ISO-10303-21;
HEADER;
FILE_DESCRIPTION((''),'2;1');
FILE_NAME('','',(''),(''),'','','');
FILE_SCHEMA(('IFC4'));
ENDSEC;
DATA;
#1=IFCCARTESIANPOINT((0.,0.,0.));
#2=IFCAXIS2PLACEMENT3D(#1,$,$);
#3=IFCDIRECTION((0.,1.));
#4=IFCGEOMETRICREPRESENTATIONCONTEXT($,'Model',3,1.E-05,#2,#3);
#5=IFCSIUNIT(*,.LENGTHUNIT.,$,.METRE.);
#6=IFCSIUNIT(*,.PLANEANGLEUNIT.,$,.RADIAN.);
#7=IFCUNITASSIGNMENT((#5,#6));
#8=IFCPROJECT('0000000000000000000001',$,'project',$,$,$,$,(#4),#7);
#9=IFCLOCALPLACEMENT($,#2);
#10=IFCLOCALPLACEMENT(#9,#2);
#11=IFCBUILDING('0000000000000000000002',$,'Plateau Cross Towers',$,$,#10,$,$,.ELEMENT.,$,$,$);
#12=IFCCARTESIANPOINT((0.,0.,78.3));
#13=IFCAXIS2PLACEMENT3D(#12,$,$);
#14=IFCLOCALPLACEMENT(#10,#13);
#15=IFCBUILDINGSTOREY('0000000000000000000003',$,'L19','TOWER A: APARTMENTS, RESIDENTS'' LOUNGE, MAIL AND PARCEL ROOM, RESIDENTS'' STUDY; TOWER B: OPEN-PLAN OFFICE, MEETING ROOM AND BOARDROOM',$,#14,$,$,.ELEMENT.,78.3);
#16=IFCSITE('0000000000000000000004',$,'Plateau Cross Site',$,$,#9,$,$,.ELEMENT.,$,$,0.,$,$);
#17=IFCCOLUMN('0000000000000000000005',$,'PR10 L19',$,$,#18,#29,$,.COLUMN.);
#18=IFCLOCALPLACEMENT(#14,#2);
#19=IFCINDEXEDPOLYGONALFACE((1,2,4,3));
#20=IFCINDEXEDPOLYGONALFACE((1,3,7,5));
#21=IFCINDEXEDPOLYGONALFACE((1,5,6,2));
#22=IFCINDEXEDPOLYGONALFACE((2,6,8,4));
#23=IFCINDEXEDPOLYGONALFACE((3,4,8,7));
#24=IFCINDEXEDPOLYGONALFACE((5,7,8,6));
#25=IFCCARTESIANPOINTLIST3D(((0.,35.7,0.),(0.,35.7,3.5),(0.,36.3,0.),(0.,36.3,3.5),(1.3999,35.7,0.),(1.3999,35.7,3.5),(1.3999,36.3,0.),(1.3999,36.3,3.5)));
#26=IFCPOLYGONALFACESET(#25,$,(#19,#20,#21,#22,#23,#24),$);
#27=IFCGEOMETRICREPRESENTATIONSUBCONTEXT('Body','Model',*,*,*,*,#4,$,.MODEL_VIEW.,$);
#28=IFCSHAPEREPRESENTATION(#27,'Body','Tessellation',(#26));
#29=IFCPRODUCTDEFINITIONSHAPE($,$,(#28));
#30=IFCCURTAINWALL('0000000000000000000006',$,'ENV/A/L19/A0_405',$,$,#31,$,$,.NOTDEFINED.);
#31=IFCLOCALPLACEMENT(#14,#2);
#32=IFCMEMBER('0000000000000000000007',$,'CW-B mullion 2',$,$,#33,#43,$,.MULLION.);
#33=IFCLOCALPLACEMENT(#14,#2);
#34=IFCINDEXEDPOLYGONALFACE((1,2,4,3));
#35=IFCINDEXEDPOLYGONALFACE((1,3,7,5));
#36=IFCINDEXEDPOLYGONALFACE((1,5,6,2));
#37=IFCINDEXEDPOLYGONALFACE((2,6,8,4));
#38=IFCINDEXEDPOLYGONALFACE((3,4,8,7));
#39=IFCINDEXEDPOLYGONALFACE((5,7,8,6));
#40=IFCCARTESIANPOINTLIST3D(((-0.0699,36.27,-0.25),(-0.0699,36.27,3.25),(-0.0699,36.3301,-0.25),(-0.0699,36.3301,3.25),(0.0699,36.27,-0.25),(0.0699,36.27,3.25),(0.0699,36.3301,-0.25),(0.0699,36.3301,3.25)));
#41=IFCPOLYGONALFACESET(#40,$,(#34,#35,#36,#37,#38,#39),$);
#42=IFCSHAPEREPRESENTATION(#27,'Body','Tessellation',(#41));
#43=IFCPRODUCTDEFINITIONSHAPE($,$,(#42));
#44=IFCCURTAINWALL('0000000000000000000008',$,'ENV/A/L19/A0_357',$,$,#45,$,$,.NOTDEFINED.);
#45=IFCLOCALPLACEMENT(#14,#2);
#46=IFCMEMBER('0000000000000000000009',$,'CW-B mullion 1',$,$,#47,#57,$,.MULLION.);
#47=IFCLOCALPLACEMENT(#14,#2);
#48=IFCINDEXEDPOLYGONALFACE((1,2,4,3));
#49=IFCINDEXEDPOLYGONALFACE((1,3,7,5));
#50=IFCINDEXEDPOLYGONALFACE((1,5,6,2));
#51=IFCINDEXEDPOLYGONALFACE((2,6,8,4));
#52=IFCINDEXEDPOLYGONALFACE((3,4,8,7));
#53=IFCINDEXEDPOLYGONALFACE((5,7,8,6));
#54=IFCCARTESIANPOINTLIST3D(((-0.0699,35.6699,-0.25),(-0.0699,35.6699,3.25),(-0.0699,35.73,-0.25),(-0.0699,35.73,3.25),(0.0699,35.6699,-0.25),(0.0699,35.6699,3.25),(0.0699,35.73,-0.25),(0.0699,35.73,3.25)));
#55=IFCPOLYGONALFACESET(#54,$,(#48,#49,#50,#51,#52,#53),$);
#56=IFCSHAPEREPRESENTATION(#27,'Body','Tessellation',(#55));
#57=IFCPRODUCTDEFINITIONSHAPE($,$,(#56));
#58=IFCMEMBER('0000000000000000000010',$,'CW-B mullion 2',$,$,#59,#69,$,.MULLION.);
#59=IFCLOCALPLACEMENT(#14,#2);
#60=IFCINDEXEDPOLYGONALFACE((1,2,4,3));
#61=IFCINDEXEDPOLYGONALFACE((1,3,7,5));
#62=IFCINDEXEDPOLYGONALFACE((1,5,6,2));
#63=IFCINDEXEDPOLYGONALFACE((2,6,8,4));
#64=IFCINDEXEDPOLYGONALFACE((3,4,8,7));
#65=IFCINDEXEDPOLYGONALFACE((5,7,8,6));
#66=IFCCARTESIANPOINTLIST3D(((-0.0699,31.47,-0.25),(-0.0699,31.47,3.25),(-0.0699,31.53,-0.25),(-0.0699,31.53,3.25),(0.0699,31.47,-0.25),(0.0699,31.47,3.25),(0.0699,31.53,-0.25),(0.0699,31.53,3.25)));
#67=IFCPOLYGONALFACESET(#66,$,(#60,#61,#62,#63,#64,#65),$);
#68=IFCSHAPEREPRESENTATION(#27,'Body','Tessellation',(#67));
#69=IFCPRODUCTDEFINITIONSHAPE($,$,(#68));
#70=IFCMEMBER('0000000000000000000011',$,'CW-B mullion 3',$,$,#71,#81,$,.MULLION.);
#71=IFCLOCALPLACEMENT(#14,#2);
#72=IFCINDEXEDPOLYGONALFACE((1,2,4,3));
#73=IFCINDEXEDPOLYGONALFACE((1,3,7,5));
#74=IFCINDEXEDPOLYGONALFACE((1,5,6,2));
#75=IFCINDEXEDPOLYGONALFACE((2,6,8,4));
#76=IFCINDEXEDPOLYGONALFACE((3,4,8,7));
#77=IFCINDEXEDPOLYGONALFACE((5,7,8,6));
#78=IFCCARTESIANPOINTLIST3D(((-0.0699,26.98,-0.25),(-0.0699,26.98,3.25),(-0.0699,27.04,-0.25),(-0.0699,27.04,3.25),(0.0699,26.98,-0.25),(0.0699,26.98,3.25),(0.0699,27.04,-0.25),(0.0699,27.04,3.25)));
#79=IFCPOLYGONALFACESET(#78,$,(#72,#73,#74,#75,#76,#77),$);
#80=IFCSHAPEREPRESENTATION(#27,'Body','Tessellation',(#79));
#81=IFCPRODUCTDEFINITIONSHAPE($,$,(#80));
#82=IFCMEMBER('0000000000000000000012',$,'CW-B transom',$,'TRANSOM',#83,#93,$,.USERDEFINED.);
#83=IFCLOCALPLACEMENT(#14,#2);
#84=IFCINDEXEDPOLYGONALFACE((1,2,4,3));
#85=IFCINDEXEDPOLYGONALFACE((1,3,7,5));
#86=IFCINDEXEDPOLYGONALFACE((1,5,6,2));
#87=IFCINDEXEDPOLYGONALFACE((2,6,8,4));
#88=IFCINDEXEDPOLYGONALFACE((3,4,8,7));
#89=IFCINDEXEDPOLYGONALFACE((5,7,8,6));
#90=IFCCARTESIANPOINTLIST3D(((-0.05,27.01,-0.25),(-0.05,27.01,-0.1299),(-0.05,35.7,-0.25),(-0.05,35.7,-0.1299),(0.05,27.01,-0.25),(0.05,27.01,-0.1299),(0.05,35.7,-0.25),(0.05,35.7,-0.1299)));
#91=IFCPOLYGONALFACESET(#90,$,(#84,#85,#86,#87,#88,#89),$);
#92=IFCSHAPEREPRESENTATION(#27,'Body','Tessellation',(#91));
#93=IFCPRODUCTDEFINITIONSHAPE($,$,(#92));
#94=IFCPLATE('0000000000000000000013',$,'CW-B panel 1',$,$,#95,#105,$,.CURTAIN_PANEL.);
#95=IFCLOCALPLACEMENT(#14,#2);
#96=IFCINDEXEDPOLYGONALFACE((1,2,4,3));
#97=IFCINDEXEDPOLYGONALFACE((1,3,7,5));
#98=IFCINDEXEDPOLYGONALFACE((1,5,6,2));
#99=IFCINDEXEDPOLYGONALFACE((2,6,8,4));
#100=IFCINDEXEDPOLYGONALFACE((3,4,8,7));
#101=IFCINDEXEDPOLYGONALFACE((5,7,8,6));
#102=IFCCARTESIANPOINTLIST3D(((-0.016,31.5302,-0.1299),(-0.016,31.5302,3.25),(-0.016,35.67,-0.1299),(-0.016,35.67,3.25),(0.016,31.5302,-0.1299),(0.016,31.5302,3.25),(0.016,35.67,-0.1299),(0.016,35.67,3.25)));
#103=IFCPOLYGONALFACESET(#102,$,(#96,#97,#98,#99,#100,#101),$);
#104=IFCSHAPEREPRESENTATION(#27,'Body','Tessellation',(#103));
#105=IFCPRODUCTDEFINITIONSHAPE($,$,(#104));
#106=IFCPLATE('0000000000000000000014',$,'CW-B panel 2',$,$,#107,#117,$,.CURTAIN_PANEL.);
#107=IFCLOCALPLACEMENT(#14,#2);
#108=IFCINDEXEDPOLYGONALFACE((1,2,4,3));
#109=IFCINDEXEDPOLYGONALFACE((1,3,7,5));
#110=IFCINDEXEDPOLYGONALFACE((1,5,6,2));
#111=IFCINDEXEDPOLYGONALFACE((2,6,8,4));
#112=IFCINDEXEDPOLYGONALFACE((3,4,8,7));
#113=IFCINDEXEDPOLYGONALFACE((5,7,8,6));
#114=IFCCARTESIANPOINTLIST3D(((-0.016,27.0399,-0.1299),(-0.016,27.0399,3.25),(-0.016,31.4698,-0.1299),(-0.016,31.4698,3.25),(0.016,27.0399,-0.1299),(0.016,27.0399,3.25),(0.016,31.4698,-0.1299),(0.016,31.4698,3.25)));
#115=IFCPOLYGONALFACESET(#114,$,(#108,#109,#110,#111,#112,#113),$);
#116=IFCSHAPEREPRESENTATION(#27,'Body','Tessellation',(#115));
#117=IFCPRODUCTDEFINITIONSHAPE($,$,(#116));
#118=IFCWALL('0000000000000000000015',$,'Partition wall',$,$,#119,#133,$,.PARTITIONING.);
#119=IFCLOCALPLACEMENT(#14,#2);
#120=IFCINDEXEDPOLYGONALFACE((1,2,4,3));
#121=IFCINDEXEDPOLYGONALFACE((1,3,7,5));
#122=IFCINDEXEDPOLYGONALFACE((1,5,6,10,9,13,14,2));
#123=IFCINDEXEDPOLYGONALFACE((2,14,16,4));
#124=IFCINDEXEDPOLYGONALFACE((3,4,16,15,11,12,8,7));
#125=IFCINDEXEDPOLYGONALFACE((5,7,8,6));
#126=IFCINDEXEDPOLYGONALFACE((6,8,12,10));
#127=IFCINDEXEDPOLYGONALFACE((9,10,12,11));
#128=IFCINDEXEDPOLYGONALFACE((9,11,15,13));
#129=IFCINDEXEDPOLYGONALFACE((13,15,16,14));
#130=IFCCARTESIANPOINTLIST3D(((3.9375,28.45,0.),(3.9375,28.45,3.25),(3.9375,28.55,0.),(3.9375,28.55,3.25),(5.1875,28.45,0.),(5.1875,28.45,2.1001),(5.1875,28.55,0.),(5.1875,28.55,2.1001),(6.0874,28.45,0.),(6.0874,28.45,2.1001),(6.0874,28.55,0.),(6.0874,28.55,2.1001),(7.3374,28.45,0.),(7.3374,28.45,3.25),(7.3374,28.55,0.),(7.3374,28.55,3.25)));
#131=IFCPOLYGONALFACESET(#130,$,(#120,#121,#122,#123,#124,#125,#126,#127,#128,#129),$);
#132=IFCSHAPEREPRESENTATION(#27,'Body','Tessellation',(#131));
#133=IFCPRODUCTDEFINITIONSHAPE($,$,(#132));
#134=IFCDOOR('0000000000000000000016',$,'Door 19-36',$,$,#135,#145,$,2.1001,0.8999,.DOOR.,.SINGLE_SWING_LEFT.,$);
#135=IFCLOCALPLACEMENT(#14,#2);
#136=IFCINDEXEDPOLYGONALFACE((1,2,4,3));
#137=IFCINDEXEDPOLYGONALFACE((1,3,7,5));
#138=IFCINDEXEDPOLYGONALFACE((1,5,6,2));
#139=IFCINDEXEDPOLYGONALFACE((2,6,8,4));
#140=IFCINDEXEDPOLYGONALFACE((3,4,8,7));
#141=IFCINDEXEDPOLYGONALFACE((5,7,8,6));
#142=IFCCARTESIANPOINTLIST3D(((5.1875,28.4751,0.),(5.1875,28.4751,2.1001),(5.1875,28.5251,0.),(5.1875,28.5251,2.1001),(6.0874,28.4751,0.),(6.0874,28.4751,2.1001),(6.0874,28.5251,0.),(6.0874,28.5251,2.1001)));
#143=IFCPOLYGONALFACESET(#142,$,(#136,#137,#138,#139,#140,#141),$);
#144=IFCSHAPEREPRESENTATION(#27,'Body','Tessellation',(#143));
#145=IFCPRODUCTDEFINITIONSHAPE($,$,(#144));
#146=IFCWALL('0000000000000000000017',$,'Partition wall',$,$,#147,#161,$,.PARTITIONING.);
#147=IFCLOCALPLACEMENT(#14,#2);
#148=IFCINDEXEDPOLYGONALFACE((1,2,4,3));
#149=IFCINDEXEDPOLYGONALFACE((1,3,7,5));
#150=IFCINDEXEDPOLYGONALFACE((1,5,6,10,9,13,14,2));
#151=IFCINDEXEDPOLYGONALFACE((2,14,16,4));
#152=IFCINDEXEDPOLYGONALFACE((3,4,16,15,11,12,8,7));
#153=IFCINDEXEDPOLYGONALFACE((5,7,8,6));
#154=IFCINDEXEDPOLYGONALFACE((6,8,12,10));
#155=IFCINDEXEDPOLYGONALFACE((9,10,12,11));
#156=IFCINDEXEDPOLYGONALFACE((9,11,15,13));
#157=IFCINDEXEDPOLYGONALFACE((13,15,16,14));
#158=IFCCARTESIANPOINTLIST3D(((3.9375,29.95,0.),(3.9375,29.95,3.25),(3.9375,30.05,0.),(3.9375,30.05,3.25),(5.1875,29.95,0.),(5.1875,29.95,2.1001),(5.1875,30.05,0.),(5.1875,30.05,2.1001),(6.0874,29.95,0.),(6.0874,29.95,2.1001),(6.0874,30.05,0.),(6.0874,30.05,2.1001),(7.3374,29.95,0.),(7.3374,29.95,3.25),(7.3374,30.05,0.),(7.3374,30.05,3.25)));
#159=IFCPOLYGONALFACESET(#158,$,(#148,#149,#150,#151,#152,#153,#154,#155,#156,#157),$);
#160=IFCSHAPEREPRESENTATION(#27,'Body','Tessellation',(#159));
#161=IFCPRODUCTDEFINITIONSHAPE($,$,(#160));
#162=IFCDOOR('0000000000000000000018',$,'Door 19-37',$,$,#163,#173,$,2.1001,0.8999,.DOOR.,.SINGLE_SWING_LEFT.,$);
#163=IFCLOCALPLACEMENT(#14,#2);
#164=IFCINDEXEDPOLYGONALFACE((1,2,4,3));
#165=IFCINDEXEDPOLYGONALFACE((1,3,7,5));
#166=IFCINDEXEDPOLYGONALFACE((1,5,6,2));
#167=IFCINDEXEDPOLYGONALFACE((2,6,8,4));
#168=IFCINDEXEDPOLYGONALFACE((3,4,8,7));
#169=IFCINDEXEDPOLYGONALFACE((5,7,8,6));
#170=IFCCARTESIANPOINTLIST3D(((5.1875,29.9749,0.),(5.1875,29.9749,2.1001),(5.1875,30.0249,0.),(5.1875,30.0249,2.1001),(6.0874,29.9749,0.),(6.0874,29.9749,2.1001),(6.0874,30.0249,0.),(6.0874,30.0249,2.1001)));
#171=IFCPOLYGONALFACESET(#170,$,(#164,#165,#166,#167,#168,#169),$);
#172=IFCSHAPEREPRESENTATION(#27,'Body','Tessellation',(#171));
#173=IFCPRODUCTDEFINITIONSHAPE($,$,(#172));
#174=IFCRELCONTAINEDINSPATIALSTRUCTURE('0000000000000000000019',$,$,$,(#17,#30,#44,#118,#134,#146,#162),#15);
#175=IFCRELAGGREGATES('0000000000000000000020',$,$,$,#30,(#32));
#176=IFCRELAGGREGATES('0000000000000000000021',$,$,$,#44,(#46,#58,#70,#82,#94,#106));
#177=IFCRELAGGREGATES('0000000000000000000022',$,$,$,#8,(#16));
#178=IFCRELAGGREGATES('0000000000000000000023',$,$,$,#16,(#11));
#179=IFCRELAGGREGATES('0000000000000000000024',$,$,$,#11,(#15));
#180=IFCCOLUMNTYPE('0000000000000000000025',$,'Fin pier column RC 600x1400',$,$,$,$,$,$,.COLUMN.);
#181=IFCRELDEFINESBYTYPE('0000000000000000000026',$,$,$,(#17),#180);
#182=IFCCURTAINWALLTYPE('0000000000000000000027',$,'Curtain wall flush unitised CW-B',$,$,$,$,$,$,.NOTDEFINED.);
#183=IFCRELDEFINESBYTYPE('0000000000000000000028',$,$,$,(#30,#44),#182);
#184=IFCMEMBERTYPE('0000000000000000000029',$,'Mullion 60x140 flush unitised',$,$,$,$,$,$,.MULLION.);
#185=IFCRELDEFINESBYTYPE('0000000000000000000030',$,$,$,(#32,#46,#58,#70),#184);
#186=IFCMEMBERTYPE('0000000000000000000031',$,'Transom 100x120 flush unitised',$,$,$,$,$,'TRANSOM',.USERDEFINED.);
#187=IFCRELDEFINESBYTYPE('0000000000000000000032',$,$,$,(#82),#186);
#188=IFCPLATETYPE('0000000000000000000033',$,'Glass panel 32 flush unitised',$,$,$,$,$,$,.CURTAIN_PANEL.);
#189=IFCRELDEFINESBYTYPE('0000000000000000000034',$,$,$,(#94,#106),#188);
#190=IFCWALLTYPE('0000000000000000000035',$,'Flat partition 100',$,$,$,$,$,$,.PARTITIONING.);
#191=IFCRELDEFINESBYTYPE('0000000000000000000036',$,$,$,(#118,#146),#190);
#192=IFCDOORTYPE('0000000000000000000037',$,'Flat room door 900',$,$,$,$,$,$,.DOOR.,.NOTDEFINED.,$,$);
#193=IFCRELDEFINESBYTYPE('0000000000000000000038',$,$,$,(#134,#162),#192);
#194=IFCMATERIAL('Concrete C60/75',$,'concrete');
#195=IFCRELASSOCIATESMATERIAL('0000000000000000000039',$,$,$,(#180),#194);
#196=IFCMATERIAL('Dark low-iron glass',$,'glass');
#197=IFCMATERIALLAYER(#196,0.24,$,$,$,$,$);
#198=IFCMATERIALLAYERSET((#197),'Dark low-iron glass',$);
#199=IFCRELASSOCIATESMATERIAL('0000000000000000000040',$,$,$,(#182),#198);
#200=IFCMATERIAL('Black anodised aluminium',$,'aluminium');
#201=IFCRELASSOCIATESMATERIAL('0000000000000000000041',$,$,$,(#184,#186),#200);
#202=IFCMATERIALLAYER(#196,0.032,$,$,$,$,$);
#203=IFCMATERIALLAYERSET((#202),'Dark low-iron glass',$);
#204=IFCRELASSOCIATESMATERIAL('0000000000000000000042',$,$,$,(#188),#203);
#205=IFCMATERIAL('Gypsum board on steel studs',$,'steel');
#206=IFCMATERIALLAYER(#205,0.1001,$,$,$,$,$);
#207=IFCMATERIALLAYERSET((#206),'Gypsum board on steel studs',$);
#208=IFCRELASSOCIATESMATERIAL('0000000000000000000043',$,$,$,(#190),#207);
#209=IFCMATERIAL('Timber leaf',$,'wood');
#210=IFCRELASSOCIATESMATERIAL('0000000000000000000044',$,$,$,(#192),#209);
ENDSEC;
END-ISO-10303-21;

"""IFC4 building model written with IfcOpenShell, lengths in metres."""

from ifc_helpers import new_model, si_unit, direction, frame, frame_2d, origin, origin_2d, place, context, subcontext, project, spatial, rectangle, extrude, material, layer, layer_set, material_profile, profile_set, type_object, element, fill, aggregate, save


model = new_model("IFC4")

# Units and contexts
model_context = context("Model", 3, precision=1e-05, world=origin(), true_north=direction((0.0, 1.0)))
body_context = subcontext(model_context, "Body", "Model", "MODEL_VIEW")
ifc_project = project(units=[si_unit("LENGTHUNIT", "METRE"), si_unit("PLANEANGLEUNIT", "RADIAN")], contexts=[model_context])

# Site, building, storey
site_placement = place(None, origin())
site = spatial("IfcSite", under=ifc_project, at=site_placement, Name="Plateau Cross Site", CompositionType="ELEMENT", RefElevation=0.0)
building_placement = place(site_placement, origin())
building = spatial("IfcBuilding", under=site, at=building_placement, Name="Plateau Cross Towers", CompositionType="ELEMENT")
storey_placement = place(building_placement, frame((0.0, 0.0, 78.3)))
storey = spatial("IfcBuildingStorey", under=building, at=storey_placement, Name="L19", Description="TOWER A: APARTMENTS, RESIDENTS' LOUNGE, MAIL AND PARCEL ROOM, RESIDENTS' STUDY; TOWER B: OPEN-PLAN OFFICE, MEETING ROOM AND BOARDROOM", CompositionType="ELEMENT", Elevation=78.3)

# Column
ifc_material_1 = material(Name="Concrete C60/75", Category="concrete")
ifc_material_profile_1 = material_profile(ifc_material_1, rectangle(XDim=0.6001, YDim=1.3999, at=origin_2d()), Name="RC 600x1400")
ifc_profile_set_1 = profile_set([ifc_material_profile_1], Name="Concrete C60/75")
column_type = type_object("IfcColumnType", Name="Fin pier column RC 600x1400", PredefinedType="COLUMN", material=ifc_profile_set_1)
column_placement = place(storey_placement, frame((0.7, 36.0, 0.0), z_axis=(0.0, 0.0, 1.0), x_axis=(0.0, 1.0, 0.0)))
element("IfcColumn", 1, at=column_placement, inside=storey, type_object=column_type, Name="PR10 L19", PredefinedType="COLUMN", context=body_context, shape_type="SweptSolid", body=[
    extrude(rectangle(XDim=0.6001, YDim=1.3999, at=origin_2d()), origin(), (0.0, 0.0, 1.0), 3.5),
])

# Curtain wall, member
ifc_material_2 = material(Name="Dark low-iron glass", Category="glass")
ifc_layer_1 = layer(ifc_material_2, 0.24)
ifc_layer_set_1 = layer_set([ifc_layer_1], Name="Dark low-iron glass")
curtain_wall_type = type_object("IfcCurtainWallType", Name="Curtain wall flush unitised CW-B", PredefinedType="NOTDEFINED", material=ifc_layer_set_1)
curtain_wall_1_placement = place(storey_placement, origin())
curtain_wall_1 = element("IfcCurtainWall", 2, at=curtain_wall_1_placement, inside=storey, type_object=curtain_wall_type, Name="ENV/A/L19/A0_405", PredefinedType="NOTDEFINED")
ifc_material_3 = material(Name="Black anodised aluminium", Category="aluminium")
ifc_material_profile_2 = material_profile(ifc_material_3, rectangle(XDim=0.0601, YDim=0.1399, at=origin_2d()), Name="MULLION 60x140")
ifc_profile_set_2 = profile_set([ifc_material_profile_2], Name="Black anodised aluminium")
member_type_1 = type_object("IfcMemberType", Name="Mullion 60x140 flush unitised", PredefinedType="MULLION", material=ifc_profile_set_2)
member_1_placement = place(storey_placement, frame((0.0, 36.3, -0.25), z_axis=(0.0, 0.0, 1.0), x_axis=(0.0, -1.0, 0.0)))
member_1 = element("IfcMember", 3, at=member_1_placement, type_object=member_type_1, Name="CW-B mullion 2", PredefinedType="MULLION", context=body_context, shape_type="SweptSolid", body=[
    extrude(rectangle(XDim=0.0601, YDim=0.1399, at=origin_2d()), origin(), (0.0, 0.0, 1.0), 3.5),
])
aggregate(curtain_wall_1, [member_1])

# Curtain wall, members, plates
curtain_wall_2_placement = place(storey_placement, origin())
curtain_wall_2 = element("IfcCurtainWall", 4, at=curtain_wall_2_placement, inside=storey, type_object=curtain_wall_type, Name="ENV/A/L19/A0_357", PredefinedType="NOTDEFINED")
member_2_placement = place(storey_placement, frame((0.0, 35.7, -0.25), z_axis=(0.0, 0.0, 1.0), x_axis=(0.0, -1.0, 0.0)))
member_2 = element("IfcMember", 5, at=member_2_placement, type_object=member_type_1, Name="CW-B mullion 1", PredefinedType="MULLION", context=body_context, shape_type="SweptSolid", body=[
    extrude(rectangle(XDim=0.0601, YDim=0.1399, at=origin_2d()), origin(), (0.0, 0.0, 1.0), 3.5),
])
member_3_placement = place(storey_placement, frame((0.0, 31.5, -0.25), z_axis=(0.0, 0.0, 1.0), x_axis=(0.0, -1.0, 0.0)))
member_3 = element("IfcMember", 6, at=member_3_placement, type_object=member_type_1, Name="CW-B mullion 2", PredefinedType="MULLION", context=body_context, shape_type="SweptSolid", body=[
    extrude(rectangle(XDim=0.0601, YDim=0.1399, at=origin_2d()), origin(), (0.0, 0.0, 1.0), 3.5),
])
member_4_placement = place(storey_placement, frame((0.0, 27.01, -0.25), z_axis=(0.0, 0.0, 1.0), x_axis=(0.0, -1.0, 0.0)))
member_4 = element("IfcMember", 7, at=member_4_placement, type_object=member_type_1, Name="CW-B mullion 3", PredefinedType="MULLION", context=body_context, shape_type="SweptSolid", body=[
    extrude(rectangle(XDim=0.0601, YDim=0.1399, at=origin_2d()), origin(), (0.0, 0.0, 1.0), 3.5),
])
ifc_material_profile_3 = material_profile(ifc_material_3, rectangle(XDim=0.1001, YDim=0.1201, at=origin_2d()), Name="TRANSOM 100x120")
ifc_profile_set_3 = profile_set([ifc_material_profile_3], Name="Black anodised aluminium")
member_type_2 = type_object("IfcMemberType", Name="Transom 100x120 flush unitised", ElementType="TRANSOM", PredefinedType="USERDEFINED", material=ifc_profile_set_3)
member_5_placement = place(storey_placement, frame((0.0, 35.7, -0.1899), z_axis=(0.0, -1.0, 0.0), x_axis=(1.0, 0.0, 0.0)))
member_5 = element("IfcMember", 8, at=member_5_placement, type_object=member_type_2, Name="CW-B transom", ObjectType="TRANSOM", PredefinedType="USERDEFINED", context=body_context, shape_type="SweptSolid", body=[
    extrude(rectangle(XDim=0.1001, YDim=0.1201, at=origin_2d()), origin(), (0.0, 0.0, 1.0), 8.6899),
])
ifc_layer_2 = layer(ifc_material_2, 0.032)
ifc_layer_set_2 = layer_set([ifc_layer_2], Name="Dark low-iron glass")
plate_type = type_object("IfcPlateType", Name="Glass panel 32 flush unitised", PredefinedType="CURTAIN_PANEL", material=ifc_layer_set_2)
plate_1_placement = place(storey_placement, frame((0.0, 33.6001, -0.1299), z_axis=(0.0, 0.0, 1.0), x_axis=(0.0, -1.0, 0.0)))
plate_1 = element("IfcPlate", 9, at=plate_1_placement, type_object=plate_type, Name="CW-B panel 1", PredefinedType="CURTAIN_PANEL", context=body_context, shape_type="SweptSolid", body=[
    extrude(rectangle(XDim=4.1399, YDim=0.032, at=origin_2d()), origin(), (0.0, 0.0, 1.0), 3.3799),
])
plate_2_placement = place(storey_placement, frame((0.0, 29.2549, -0.1299), z_axis=(0.0, 0.0, 1.0), x_axis=(0.0, -1.0, 0.0)))
plate_2 = element("IfcPlate", 10, at=plate_2_placement, type_object=plate_type, Name="CW-B panel 2", PredefinedType="CURTAIN_PANEL", context=body_context, shape_type="SweptSolid", body=[
    extrude(rectangle(XDim=4.4299, YDim=0.032, at=origin_2d()), origin(), (0.0, 0.0, 1.0), 3.3799),
])
aggregate(curtain_wall_2, [member_2, member_3, member_4, member_5, plate_1, plate_2])

# Walls, openings, doors
ifc_material_4 = material(Name="Gypsum board on steel studs", Category="steel")
ifc_layer_3 = layer(ifc_material_4, 0.1001)
ifc_layer_set_3 = layer_set([ifc_layer_3], Name="Gypsum board on steel studs")
wall_type_1 = type_object("IfcWallType", Name="Flat partition 100", PredefinedType="PARTITIONING", material=ifc_layer_set_3)
wall_1_placement = place(storey_placement, frame((7.3374, 28.5, 0.0), z_axis=(0.0, 0.0, 1.0), x_axis=(-1.0, 0.0, 0.0)))
wall_1 = element("IfcWall", 11, at=wall_1_placement, inside=storey, type_object=wall_type_1, Name="Partition wall", PredefinedType="PARTITIONING", context=body_context, shape_type="SweptSolid", body=[
    extrude(rectangle(XDim=3.3999, YDim=0.1001, at=frame_2d((1.7, 0.0))), origin(), (0.0, 0.0, 1.0), 3.25),
])
opening_1_placement = place(wall_1_placement, frame((1.25, 0.0, 0.0)))
opening_1 = element("IfcOpeningElement", 12, at=opening_1_placement, cuts=wall_1, PredefinedType="OPENING", context=body_context, shape_type="SweptSolid", body=[
    extrude(rectangle(XDim=0.8999, YDim=2.1001, at=frame_2d((0.45, 1.05))), frame((0.0, 0.0601, 0.0), z_axis=(0.0, -1.0, 0.0), x_axis=(1.0, 0.0, 0.0)), (0.0, 0.0, 1.0), 0.1201),
])
ifc_material_5 = material(Name="Timber leaf", Category="wood")
door_type = type_object("IfcDoorType", Name="Flat room door 900", OperationType="NOTDEFINED", PredefinedType="DOOR", material=ifc_material_5)
door_1_placement = place(opening_1_placement, origin())
door_1 = element("IfcDoor", 13, at=door_1_placement, inside=storey, type_object=door_type, Name="Door 19-36", OperationType="SINGLE_SWING_LEFT", OverallHeight=2.1001, OverallWidth=0.8999, PredefinedType="DOOR", context=body_context, shape_type="SweptSolid", body=[
    extrude(rectangle(XDim=0.8999, YDim=2.1001, at=frame_2d((0.45, 1.05))), frame((0.0, 0.0249, 0.0), z_axis=(0.0, -1.0, 0.0), x_axis=(1.0, 0.0, 0.0)), (0.0, 0.0, 1.0), 0.05),
])
fill(opening_1, door_1)
wall_2_placement = place(storey_placement, frame((3.9375, 30.0, 0.0), z_axis=(0.0, 0.0, 1.0), x_axis=(1.0, 0.0, 0.0)))
wall_2 = element("IfcWall", 14, at=wall_2_placement, inside=storey, type_object=wall_type_1, Name="Partition wall", PredefinedType="PARTITIONING", context=body_context, shape_type="SweptSolid", body=[
    extrude(rectangle(XDim=3.3999, YDim=0.1001, at=frame_2d((1.7, 0.0))), origin(), (0.0, 0.0, 1.0), 3.25),
])
opening_2_placement = place(wall_2_placement, frame((1.25, 0.0, 0.0)))
opening_2 = element("IfcOpeningElement", 15, at=opening_2_placement, cuts=wall_2, PredefinedType="OPENING", context=body_context, shape_type="SweptSolid", body=[
    extrude(rectangle(XDim=0.8999, YDim=2.1001, at=frame_2d((0.45, 1.05))), frame((0.0, 0.0601, 0.0), z_axis=(0.0, -1.0, 0.0), x_axis=(1.0, 0.0, 0.0)), (0.0, 0.0, 1.0), 0.1201),
])
door_2_placement = place(opening_2_placement, origin())
door_2 = element("IfcDoor", 16, at=door_2_placement, inside=storey, type_object=door_type, Name="Door 19-37", OperationType="SINGLE_SWING_LEFT", OverallHeight=2.1001, OverallWidth=0.8999, PredefinedType="DOOR", context=body_context, shape_type="SweptSolid", body=[
    extrude(rectangle(XDim=0.8999, YDim=2.1001, at=frame_2d((0.45, 1.05))), frame((0.0, 0.0249, 0.0), z_axis=(0.0, -1.0, 0.0), x_axis=(1.0, 0.0, 0.0)), (0.0, 0.0, 1.0), 0.05),
])
fill(opening_2, door_2)

save(model, "model.ifc")
